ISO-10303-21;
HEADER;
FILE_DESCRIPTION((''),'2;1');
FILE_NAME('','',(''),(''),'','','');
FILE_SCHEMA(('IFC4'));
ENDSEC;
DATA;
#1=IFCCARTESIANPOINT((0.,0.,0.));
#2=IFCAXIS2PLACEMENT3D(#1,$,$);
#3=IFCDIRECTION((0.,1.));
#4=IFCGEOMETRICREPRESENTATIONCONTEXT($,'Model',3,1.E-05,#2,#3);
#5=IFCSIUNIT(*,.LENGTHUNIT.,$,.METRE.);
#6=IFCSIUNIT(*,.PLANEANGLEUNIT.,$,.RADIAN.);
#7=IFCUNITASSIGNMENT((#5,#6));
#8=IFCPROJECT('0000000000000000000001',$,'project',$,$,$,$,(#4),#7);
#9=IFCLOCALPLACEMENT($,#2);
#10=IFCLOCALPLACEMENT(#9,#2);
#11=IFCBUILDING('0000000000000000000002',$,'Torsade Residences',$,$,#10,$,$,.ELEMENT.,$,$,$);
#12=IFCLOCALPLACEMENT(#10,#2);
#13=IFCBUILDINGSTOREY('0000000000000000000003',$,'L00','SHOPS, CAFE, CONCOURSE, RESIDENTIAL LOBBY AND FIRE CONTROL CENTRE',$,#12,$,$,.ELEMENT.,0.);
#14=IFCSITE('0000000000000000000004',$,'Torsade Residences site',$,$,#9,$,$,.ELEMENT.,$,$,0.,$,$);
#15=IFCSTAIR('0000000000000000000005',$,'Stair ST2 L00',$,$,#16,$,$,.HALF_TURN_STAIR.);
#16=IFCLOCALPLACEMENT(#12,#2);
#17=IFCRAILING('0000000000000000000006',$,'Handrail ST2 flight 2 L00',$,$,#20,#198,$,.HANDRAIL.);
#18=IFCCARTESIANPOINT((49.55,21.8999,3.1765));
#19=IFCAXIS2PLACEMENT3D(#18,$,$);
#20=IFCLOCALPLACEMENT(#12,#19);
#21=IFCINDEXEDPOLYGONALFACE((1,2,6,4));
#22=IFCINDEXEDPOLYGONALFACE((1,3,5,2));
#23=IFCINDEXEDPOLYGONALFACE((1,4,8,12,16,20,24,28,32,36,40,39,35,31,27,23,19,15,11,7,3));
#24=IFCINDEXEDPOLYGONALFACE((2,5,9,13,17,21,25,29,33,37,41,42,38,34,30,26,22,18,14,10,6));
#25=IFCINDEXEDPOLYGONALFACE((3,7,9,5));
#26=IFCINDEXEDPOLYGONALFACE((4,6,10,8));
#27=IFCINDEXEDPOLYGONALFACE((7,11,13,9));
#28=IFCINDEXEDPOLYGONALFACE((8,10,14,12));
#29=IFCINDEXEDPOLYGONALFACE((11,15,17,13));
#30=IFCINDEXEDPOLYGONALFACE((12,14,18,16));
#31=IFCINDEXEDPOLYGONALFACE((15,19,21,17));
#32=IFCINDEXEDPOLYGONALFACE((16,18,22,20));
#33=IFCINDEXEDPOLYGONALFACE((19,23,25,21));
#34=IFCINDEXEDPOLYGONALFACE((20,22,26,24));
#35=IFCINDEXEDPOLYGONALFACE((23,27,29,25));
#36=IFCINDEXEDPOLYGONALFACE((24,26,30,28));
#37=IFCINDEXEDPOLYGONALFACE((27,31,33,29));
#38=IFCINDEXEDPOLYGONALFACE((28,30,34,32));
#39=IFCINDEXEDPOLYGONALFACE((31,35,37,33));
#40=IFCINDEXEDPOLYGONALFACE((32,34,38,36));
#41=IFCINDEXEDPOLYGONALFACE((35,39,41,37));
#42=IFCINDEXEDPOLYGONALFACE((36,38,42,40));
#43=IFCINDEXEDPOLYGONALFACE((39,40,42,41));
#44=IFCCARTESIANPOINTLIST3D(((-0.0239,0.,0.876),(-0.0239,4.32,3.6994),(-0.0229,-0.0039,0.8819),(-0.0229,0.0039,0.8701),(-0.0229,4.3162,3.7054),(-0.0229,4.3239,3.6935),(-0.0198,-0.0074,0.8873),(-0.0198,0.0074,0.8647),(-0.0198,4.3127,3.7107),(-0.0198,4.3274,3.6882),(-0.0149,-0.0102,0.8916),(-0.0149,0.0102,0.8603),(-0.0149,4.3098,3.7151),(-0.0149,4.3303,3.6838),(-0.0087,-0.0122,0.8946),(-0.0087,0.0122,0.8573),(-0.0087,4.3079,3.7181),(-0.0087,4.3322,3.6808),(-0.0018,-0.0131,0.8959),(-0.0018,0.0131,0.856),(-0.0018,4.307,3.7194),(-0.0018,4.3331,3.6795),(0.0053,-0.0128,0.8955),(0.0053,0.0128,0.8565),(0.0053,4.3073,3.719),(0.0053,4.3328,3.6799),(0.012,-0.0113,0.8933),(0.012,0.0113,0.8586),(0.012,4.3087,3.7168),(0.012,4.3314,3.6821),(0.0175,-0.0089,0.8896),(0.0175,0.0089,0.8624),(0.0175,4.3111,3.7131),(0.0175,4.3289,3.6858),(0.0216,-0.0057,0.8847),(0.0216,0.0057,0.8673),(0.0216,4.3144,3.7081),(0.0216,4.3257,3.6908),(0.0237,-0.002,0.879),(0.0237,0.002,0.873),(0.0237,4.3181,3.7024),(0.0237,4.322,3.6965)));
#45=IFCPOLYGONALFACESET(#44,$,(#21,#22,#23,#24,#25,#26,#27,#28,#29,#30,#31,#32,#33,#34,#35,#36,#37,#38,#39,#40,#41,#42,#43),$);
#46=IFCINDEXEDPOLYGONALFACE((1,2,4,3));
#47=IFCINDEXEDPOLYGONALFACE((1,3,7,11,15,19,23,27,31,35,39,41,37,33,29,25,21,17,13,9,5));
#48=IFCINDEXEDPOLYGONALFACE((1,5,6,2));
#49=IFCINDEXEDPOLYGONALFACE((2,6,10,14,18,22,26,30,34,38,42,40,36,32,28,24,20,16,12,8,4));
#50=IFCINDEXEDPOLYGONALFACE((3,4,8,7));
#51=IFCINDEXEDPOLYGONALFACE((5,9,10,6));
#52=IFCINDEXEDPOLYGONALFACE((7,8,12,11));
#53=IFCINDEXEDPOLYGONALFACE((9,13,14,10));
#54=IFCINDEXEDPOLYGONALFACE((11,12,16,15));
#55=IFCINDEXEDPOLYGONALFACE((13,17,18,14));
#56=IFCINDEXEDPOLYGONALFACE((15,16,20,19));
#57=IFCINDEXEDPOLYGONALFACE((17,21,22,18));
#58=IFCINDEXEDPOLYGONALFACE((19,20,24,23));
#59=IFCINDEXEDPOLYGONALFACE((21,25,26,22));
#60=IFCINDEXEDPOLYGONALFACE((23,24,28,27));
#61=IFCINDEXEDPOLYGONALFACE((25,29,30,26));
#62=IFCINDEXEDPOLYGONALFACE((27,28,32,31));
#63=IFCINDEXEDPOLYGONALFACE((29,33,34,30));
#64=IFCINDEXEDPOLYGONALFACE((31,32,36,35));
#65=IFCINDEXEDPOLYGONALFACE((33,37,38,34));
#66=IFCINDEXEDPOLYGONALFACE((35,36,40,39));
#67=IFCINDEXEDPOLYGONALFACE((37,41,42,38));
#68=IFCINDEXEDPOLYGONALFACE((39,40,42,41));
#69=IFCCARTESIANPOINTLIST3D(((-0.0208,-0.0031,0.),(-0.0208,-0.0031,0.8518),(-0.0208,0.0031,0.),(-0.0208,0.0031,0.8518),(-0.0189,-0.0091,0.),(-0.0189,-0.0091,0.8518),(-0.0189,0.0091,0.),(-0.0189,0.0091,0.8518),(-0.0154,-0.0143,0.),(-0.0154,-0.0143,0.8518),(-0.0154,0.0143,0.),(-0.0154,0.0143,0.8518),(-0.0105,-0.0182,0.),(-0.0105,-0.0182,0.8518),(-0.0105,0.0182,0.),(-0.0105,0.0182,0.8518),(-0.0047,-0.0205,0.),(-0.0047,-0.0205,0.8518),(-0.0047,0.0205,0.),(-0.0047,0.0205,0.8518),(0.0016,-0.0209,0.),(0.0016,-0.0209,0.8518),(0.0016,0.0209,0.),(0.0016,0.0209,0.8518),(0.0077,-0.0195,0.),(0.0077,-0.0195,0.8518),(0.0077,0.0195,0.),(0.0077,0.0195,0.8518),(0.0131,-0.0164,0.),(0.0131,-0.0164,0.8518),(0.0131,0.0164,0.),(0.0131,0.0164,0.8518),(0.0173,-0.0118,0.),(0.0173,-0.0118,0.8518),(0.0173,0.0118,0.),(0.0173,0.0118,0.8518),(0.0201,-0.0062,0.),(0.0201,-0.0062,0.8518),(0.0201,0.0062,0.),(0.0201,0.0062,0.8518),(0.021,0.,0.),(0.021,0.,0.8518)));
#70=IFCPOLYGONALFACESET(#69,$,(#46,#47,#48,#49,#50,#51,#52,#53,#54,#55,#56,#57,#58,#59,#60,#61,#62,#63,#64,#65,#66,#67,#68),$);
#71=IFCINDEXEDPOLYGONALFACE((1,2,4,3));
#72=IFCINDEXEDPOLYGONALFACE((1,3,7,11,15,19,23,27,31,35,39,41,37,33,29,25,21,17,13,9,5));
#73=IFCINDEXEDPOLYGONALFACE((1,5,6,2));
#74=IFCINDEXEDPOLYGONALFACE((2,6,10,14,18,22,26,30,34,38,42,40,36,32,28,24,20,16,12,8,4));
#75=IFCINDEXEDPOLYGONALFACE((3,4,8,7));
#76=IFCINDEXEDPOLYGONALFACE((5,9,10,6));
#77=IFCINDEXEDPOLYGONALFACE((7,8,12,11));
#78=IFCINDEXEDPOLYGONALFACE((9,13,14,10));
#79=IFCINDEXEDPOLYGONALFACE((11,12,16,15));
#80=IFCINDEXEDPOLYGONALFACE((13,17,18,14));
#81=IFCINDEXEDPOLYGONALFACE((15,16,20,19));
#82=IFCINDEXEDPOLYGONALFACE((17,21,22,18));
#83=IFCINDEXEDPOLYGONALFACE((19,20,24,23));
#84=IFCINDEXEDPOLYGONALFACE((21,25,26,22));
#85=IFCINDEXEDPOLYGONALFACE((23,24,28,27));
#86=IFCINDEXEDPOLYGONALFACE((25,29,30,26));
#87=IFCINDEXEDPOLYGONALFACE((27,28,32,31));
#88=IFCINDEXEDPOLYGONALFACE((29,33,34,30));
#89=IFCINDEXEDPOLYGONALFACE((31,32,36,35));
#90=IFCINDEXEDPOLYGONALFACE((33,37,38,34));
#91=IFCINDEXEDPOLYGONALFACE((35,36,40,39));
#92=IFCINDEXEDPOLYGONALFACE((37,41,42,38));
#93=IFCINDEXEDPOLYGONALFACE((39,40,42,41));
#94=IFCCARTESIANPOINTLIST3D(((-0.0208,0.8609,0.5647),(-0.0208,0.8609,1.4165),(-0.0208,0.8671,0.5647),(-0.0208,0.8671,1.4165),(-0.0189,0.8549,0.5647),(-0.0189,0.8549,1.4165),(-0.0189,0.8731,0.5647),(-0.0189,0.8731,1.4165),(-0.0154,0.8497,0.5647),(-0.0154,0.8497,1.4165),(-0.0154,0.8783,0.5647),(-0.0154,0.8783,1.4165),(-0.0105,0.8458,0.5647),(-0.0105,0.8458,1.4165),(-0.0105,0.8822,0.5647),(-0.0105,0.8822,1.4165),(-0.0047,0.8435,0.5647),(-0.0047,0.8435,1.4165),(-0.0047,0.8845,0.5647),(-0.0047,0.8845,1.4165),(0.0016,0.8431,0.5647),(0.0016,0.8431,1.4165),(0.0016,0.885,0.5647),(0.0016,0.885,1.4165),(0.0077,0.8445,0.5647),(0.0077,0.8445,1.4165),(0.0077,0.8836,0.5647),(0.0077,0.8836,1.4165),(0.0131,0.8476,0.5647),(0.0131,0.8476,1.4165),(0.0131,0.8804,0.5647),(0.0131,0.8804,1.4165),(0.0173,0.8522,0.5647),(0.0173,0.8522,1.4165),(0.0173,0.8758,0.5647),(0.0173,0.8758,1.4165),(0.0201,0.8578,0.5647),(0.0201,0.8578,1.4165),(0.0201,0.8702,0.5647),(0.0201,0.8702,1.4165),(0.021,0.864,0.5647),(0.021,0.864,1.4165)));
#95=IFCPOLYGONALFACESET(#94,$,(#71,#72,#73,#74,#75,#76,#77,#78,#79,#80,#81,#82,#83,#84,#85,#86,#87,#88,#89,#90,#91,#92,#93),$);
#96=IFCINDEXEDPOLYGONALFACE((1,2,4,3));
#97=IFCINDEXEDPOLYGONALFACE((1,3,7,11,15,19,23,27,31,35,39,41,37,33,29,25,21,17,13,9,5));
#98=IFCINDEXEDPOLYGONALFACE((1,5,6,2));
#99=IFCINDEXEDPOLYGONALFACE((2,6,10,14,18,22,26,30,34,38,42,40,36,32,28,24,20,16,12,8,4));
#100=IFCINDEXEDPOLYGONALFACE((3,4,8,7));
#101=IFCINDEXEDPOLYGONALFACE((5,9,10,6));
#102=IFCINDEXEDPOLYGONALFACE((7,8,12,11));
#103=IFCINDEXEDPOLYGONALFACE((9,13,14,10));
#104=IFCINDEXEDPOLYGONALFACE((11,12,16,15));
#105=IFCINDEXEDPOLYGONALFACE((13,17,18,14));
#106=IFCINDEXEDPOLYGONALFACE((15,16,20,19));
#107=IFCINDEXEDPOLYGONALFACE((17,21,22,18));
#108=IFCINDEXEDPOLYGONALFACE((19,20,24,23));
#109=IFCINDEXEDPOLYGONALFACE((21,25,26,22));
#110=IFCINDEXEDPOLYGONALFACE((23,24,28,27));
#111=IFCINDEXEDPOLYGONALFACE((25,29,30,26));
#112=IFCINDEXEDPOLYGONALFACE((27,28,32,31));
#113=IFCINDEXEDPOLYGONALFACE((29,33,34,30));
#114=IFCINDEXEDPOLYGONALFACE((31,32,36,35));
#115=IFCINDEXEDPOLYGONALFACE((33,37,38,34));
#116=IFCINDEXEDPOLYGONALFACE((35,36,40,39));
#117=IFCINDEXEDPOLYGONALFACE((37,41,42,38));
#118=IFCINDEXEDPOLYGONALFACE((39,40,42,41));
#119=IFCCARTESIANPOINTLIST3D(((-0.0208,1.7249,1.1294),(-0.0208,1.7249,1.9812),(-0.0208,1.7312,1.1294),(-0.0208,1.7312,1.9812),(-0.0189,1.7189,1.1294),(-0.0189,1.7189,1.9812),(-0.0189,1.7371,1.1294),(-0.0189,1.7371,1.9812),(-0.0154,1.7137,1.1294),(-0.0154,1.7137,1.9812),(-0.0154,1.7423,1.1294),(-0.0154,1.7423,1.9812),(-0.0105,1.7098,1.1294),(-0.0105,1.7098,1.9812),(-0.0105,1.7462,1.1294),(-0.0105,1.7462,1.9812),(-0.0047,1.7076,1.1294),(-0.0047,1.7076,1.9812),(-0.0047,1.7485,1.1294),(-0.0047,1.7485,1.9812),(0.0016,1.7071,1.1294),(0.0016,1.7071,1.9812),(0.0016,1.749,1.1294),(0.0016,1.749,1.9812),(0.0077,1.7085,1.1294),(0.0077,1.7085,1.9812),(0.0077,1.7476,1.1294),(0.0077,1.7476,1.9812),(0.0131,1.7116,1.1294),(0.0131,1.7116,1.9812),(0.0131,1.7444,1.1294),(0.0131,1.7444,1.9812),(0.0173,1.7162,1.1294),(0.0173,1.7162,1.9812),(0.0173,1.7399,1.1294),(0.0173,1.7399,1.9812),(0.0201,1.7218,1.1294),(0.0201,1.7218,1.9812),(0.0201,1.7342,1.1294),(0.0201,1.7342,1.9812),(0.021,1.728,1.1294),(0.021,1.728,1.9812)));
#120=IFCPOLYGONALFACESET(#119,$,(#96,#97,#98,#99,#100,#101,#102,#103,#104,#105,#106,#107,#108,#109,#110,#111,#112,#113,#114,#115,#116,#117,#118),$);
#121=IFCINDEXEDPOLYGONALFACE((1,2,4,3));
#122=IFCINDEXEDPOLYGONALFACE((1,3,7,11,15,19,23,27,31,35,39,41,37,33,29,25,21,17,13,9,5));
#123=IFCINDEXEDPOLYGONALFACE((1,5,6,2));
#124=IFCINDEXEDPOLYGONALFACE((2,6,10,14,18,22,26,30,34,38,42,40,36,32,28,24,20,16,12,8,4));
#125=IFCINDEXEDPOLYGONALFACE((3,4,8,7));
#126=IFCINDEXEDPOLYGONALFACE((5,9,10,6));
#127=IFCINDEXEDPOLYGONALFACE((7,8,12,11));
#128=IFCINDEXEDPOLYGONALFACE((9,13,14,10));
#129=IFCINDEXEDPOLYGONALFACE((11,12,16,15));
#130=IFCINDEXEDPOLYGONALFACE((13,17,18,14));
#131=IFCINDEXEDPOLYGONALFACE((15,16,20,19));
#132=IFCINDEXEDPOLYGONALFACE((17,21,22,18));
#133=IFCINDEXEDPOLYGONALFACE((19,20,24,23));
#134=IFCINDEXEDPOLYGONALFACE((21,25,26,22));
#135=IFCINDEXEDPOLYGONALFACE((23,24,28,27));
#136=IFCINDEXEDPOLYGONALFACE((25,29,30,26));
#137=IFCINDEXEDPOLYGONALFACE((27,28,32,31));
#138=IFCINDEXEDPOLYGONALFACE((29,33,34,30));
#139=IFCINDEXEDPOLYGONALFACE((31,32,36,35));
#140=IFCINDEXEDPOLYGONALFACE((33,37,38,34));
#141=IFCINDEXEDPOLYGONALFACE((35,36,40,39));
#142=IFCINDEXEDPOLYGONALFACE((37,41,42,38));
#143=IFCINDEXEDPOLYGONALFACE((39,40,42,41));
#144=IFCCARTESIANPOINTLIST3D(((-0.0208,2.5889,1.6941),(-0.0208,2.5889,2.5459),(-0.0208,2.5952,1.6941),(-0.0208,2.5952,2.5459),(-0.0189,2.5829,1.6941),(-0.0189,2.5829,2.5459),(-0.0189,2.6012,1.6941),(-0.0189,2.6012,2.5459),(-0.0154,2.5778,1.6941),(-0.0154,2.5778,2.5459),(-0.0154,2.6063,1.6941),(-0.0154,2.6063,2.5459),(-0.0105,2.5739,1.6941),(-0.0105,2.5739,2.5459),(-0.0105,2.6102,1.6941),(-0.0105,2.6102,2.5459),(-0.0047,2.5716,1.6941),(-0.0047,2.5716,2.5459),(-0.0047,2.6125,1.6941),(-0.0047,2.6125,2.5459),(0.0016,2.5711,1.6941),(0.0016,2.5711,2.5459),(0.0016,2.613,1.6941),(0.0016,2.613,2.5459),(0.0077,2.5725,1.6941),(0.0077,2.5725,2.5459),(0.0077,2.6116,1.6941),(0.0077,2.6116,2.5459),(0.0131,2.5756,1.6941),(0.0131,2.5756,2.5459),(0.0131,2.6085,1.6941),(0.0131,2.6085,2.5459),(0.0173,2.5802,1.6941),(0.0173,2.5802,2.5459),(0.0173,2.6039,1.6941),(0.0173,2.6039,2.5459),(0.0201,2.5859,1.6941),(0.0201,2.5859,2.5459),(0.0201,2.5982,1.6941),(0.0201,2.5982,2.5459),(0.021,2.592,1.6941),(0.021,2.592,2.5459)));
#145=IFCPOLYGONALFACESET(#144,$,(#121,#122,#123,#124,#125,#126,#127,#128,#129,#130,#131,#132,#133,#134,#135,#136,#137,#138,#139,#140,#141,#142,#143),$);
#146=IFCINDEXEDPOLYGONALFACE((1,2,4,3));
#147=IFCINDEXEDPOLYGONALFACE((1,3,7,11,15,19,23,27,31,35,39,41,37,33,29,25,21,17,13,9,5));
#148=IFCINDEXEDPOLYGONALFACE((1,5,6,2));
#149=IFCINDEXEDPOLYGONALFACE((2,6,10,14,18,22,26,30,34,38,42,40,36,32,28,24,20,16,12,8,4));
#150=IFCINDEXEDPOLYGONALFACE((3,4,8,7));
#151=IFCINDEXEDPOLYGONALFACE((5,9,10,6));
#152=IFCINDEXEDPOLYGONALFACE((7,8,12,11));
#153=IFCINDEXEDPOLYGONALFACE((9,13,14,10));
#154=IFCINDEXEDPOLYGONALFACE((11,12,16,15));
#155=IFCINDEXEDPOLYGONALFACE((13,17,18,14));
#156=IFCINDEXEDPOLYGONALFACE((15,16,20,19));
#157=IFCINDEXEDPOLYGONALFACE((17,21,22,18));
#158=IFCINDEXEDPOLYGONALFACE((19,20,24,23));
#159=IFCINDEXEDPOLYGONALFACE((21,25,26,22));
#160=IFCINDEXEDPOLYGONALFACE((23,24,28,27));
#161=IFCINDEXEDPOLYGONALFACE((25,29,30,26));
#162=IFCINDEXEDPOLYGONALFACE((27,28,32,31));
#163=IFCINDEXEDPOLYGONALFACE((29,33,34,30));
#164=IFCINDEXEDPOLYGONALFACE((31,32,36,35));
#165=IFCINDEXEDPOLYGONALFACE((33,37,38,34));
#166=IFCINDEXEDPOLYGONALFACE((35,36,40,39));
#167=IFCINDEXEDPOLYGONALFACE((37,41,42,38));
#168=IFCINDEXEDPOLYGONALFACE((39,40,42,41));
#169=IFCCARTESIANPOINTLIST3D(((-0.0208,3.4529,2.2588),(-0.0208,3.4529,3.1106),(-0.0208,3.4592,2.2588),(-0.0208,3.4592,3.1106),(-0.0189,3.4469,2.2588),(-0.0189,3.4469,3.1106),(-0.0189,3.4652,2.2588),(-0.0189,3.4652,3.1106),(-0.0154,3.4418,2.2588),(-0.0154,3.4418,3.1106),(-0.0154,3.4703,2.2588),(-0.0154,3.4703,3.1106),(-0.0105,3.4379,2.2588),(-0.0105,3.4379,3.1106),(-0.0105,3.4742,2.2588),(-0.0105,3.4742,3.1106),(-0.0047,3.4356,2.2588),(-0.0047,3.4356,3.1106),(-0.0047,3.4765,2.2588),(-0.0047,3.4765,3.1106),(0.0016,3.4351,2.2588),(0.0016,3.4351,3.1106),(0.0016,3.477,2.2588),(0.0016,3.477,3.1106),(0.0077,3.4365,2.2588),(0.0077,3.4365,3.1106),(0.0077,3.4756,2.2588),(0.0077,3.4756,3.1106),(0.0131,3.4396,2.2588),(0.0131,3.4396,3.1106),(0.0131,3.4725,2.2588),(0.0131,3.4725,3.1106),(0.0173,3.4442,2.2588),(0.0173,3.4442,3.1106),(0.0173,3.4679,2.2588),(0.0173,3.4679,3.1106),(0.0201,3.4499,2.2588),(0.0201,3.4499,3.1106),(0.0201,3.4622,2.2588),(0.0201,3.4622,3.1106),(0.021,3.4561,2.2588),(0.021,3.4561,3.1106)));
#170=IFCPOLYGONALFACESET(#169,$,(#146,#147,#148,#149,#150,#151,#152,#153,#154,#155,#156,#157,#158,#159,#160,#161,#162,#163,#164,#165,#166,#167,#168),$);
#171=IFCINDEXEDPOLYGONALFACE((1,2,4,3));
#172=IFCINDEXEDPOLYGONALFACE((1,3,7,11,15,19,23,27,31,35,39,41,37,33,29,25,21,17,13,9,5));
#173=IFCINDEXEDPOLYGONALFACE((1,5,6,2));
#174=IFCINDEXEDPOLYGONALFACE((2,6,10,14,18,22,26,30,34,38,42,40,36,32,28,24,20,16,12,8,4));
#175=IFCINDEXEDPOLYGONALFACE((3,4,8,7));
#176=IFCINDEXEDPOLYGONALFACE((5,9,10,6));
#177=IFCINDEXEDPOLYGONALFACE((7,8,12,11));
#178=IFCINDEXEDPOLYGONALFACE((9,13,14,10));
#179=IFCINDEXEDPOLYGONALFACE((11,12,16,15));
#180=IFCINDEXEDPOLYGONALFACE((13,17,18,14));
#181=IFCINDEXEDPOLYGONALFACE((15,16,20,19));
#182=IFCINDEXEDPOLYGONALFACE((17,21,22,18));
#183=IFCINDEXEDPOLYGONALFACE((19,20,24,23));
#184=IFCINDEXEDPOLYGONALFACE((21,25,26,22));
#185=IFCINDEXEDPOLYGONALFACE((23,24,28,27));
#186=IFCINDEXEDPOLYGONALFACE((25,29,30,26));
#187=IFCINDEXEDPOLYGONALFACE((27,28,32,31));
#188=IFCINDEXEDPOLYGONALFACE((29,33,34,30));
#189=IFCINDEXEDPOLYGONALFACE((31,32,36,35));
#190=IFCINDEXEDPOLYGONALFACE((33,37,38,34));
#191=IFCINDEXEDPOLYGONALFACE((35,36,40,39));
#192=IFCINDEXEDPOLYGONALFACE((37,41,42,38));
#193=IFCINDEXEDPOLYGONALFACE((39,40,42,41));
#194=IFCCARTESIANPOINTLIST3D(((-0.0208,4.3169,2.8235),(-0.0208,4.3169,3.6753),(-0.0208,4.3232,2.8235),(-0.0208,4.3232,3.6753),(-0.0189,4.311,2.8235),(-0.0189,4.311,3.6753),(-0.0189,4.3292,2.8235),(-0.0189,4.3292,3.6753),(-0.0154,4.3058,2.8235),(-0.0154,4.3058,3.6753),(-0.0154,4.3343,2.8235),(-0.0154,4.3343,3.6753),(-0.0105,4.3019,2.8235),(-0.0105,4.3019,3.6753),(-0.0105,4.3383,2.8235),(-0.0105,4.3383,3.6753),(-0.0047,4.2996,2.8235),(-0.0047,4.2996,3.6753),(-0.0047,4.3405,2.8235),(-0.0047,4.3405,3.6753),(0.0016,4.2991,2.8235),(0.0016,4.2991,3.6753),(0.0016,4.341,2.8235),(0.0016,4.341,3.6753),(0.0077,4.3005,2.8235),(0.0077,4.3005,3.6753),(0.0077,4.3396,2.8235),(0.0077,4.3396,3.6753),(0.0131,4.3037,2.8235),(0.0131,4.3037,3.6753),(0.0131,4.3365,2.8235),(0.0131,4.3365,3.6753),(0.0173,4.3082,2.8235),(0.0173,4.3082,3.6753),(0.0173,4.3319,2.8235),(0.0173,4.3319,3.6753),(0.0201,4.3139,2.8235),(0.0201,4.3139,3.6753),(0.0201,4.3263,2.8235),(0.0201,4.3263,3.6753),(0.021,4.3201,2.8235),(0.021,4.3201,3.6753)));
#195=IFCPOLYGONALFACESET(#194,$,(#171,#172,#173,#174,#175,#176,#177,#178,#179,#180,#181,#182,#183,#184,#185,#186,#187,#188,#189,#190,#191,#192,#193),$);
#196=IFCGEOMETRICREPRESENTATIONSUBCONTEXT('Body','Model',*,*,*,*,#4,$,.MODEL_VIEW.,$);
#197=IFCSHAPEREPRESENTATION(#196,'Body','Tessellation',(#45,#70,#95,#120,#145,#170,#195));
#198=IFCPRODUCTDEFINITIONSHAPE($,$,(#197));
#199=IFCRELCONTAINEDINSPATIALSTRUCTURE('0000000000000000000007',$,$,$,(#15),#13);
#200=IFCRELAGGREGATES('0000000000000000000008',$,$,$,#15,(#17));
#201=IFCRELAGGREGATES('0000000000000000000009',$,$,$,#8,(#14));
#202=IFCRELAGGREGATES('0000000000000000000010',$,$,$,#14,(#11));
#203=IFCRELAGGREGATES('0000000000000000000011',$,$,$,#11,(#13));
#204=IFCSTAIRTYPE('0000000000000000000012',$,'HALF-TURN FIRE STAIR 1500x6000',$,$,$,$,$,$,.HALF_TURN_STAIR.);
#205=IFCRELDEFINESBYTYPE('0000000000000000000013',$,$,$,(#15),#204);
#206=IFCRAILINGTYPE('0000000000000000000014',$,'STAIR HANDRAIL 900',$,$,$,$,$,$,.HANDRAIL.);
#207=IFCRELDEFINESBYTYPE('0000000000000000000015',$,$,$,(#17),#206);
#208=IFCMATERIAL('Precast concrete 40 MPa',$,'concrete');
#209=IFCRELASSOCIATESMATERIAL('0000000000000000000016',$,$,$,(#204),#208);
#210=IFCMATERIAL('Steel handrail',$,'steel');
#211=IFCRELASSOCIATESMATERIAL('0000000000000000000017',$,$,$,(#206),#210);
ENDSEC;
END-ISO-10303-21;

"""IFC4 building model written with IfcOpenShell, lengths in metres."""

from ifc_helpers import new_model, si_unit, direction, frame, origin, origin_2d, place, context, subcontext, project, spatial, circle, extrude, material, type_object, element, aggregate, save


model = new_model("IFC4")

# Units and contexts
model_context = context("Model", 3, precision=1e-05, world=origin(), true_north=direction((0.0, 1.0)))
body_context = subcontext(model_context, "Body", "Model", "MODEL_VIEW")
ifc_project = project(units=[si_unit("LENGTHUNIT", "METRE"), si_unit("PLANEANGLEUNIT", "RADIAN")], contexts=[model_context])

# Site, building, storey
site_placement = place(None, origin())
site = spatial("IfcSite", under=ifc_project, at=site_placement, Name="Torsade Residences site", CompositionType="ELEMENT", RefElevation=0.0)
building_placement = place(site_placement, origin())
building = spatial("IfcBuilding", under=site, at=building_placement, Name="Torsade Residences", CompositionType="ELEMENT")
storey_placement = place(building_placement, origin())
storey = spatial("IfcBuildingStorey", under=building, at=storey_placement, Name="L00", Description="SHOPS, CAFE, CONCOURSE, RESIDENTIAL LOBBY AND FIRE CONTROL CENTRE", CompositionType="ELEMENT", Elevation=0.0)

# Stair, railing
ifc_material_1 = material(Name="Precast concrete 40 MPa", Category="concrete")
stair_type = type_object("IfcStairType", Name="HALF-TURN FIRE STAIR 1500x6000", PredefinedType="HALF_TURN_STAIR", material=ifc_material_1)
stair_placement = place(storey_placement, origin())
stair = element("IfcStair", 1, at=stair_placement, inside=storey, type_object=stair_type, Name="Stair ST2 L00", PredefinedType="HALF_TURN_STAIR")
ifc_material_2 = material(Name="Steel handrail", Category="steel")
railing_type = type_object("IfcRailingType", Name="STAIR HANDRAIL 900", PredefinedType="HANDRAIL", material=ifc_material_2)
railing_placement = place(storey_placement, frame((49.55, 21.8999, 3.1765)))
railing = element("IfcRailing", 2, at=railing_placement, type_object=railing_type, Name="Handrail ST2 flight 2 L00", PredefinedType="HANDRAIL", context=body_context, shape_type="SweptSolid", body=[
    extrude(circle(Radius=0.0239, at=origin_2d()), frame((0.0, 0.0, 0.876), z_axis=(0.0, 0.837074, 0.54709), x_axis=(-1.0, 0.0, 0.0)), (0.0, 0.0, 1.0), 5.1609),
    extrude(circle(Radius=0.021, at=origin_2d()), origin(), (0.0, 0.0, 1.0), 0.8518),
    extrude(circle(Radius=0.021, at=origin_2d()), frame((0.0, 0.864, 0.5647)), (0.0, 0.0, 1.0), 0.8518),
    extrude(circle(Radius=0.021, at=origin_2d()), frame((0.0, 1.728, 1.1294)), (0.0, 0.0, 1.0), 0.8518),
    extrude(circle(Radius=0.021, at=origin_2d()), frame((0.0, 2.592, 1.6941)), (0.0, 0.0, 1.0), 0.8518),
    extrude(circle(Radius=0.021, at=origin_2d()), frame((0.0, 3.4561, 2.2588)), (0.0, 0.0, 1.0), 0.8518),
    extrude(circle(Radius=0.021, at=origin_2d()), frame((0.0, 4.3201, 2.8235)), (0.0, 0.0, 1.0), 0.8518),
])
aggregate(stair, [railing])

save(model, "model.ifc")
